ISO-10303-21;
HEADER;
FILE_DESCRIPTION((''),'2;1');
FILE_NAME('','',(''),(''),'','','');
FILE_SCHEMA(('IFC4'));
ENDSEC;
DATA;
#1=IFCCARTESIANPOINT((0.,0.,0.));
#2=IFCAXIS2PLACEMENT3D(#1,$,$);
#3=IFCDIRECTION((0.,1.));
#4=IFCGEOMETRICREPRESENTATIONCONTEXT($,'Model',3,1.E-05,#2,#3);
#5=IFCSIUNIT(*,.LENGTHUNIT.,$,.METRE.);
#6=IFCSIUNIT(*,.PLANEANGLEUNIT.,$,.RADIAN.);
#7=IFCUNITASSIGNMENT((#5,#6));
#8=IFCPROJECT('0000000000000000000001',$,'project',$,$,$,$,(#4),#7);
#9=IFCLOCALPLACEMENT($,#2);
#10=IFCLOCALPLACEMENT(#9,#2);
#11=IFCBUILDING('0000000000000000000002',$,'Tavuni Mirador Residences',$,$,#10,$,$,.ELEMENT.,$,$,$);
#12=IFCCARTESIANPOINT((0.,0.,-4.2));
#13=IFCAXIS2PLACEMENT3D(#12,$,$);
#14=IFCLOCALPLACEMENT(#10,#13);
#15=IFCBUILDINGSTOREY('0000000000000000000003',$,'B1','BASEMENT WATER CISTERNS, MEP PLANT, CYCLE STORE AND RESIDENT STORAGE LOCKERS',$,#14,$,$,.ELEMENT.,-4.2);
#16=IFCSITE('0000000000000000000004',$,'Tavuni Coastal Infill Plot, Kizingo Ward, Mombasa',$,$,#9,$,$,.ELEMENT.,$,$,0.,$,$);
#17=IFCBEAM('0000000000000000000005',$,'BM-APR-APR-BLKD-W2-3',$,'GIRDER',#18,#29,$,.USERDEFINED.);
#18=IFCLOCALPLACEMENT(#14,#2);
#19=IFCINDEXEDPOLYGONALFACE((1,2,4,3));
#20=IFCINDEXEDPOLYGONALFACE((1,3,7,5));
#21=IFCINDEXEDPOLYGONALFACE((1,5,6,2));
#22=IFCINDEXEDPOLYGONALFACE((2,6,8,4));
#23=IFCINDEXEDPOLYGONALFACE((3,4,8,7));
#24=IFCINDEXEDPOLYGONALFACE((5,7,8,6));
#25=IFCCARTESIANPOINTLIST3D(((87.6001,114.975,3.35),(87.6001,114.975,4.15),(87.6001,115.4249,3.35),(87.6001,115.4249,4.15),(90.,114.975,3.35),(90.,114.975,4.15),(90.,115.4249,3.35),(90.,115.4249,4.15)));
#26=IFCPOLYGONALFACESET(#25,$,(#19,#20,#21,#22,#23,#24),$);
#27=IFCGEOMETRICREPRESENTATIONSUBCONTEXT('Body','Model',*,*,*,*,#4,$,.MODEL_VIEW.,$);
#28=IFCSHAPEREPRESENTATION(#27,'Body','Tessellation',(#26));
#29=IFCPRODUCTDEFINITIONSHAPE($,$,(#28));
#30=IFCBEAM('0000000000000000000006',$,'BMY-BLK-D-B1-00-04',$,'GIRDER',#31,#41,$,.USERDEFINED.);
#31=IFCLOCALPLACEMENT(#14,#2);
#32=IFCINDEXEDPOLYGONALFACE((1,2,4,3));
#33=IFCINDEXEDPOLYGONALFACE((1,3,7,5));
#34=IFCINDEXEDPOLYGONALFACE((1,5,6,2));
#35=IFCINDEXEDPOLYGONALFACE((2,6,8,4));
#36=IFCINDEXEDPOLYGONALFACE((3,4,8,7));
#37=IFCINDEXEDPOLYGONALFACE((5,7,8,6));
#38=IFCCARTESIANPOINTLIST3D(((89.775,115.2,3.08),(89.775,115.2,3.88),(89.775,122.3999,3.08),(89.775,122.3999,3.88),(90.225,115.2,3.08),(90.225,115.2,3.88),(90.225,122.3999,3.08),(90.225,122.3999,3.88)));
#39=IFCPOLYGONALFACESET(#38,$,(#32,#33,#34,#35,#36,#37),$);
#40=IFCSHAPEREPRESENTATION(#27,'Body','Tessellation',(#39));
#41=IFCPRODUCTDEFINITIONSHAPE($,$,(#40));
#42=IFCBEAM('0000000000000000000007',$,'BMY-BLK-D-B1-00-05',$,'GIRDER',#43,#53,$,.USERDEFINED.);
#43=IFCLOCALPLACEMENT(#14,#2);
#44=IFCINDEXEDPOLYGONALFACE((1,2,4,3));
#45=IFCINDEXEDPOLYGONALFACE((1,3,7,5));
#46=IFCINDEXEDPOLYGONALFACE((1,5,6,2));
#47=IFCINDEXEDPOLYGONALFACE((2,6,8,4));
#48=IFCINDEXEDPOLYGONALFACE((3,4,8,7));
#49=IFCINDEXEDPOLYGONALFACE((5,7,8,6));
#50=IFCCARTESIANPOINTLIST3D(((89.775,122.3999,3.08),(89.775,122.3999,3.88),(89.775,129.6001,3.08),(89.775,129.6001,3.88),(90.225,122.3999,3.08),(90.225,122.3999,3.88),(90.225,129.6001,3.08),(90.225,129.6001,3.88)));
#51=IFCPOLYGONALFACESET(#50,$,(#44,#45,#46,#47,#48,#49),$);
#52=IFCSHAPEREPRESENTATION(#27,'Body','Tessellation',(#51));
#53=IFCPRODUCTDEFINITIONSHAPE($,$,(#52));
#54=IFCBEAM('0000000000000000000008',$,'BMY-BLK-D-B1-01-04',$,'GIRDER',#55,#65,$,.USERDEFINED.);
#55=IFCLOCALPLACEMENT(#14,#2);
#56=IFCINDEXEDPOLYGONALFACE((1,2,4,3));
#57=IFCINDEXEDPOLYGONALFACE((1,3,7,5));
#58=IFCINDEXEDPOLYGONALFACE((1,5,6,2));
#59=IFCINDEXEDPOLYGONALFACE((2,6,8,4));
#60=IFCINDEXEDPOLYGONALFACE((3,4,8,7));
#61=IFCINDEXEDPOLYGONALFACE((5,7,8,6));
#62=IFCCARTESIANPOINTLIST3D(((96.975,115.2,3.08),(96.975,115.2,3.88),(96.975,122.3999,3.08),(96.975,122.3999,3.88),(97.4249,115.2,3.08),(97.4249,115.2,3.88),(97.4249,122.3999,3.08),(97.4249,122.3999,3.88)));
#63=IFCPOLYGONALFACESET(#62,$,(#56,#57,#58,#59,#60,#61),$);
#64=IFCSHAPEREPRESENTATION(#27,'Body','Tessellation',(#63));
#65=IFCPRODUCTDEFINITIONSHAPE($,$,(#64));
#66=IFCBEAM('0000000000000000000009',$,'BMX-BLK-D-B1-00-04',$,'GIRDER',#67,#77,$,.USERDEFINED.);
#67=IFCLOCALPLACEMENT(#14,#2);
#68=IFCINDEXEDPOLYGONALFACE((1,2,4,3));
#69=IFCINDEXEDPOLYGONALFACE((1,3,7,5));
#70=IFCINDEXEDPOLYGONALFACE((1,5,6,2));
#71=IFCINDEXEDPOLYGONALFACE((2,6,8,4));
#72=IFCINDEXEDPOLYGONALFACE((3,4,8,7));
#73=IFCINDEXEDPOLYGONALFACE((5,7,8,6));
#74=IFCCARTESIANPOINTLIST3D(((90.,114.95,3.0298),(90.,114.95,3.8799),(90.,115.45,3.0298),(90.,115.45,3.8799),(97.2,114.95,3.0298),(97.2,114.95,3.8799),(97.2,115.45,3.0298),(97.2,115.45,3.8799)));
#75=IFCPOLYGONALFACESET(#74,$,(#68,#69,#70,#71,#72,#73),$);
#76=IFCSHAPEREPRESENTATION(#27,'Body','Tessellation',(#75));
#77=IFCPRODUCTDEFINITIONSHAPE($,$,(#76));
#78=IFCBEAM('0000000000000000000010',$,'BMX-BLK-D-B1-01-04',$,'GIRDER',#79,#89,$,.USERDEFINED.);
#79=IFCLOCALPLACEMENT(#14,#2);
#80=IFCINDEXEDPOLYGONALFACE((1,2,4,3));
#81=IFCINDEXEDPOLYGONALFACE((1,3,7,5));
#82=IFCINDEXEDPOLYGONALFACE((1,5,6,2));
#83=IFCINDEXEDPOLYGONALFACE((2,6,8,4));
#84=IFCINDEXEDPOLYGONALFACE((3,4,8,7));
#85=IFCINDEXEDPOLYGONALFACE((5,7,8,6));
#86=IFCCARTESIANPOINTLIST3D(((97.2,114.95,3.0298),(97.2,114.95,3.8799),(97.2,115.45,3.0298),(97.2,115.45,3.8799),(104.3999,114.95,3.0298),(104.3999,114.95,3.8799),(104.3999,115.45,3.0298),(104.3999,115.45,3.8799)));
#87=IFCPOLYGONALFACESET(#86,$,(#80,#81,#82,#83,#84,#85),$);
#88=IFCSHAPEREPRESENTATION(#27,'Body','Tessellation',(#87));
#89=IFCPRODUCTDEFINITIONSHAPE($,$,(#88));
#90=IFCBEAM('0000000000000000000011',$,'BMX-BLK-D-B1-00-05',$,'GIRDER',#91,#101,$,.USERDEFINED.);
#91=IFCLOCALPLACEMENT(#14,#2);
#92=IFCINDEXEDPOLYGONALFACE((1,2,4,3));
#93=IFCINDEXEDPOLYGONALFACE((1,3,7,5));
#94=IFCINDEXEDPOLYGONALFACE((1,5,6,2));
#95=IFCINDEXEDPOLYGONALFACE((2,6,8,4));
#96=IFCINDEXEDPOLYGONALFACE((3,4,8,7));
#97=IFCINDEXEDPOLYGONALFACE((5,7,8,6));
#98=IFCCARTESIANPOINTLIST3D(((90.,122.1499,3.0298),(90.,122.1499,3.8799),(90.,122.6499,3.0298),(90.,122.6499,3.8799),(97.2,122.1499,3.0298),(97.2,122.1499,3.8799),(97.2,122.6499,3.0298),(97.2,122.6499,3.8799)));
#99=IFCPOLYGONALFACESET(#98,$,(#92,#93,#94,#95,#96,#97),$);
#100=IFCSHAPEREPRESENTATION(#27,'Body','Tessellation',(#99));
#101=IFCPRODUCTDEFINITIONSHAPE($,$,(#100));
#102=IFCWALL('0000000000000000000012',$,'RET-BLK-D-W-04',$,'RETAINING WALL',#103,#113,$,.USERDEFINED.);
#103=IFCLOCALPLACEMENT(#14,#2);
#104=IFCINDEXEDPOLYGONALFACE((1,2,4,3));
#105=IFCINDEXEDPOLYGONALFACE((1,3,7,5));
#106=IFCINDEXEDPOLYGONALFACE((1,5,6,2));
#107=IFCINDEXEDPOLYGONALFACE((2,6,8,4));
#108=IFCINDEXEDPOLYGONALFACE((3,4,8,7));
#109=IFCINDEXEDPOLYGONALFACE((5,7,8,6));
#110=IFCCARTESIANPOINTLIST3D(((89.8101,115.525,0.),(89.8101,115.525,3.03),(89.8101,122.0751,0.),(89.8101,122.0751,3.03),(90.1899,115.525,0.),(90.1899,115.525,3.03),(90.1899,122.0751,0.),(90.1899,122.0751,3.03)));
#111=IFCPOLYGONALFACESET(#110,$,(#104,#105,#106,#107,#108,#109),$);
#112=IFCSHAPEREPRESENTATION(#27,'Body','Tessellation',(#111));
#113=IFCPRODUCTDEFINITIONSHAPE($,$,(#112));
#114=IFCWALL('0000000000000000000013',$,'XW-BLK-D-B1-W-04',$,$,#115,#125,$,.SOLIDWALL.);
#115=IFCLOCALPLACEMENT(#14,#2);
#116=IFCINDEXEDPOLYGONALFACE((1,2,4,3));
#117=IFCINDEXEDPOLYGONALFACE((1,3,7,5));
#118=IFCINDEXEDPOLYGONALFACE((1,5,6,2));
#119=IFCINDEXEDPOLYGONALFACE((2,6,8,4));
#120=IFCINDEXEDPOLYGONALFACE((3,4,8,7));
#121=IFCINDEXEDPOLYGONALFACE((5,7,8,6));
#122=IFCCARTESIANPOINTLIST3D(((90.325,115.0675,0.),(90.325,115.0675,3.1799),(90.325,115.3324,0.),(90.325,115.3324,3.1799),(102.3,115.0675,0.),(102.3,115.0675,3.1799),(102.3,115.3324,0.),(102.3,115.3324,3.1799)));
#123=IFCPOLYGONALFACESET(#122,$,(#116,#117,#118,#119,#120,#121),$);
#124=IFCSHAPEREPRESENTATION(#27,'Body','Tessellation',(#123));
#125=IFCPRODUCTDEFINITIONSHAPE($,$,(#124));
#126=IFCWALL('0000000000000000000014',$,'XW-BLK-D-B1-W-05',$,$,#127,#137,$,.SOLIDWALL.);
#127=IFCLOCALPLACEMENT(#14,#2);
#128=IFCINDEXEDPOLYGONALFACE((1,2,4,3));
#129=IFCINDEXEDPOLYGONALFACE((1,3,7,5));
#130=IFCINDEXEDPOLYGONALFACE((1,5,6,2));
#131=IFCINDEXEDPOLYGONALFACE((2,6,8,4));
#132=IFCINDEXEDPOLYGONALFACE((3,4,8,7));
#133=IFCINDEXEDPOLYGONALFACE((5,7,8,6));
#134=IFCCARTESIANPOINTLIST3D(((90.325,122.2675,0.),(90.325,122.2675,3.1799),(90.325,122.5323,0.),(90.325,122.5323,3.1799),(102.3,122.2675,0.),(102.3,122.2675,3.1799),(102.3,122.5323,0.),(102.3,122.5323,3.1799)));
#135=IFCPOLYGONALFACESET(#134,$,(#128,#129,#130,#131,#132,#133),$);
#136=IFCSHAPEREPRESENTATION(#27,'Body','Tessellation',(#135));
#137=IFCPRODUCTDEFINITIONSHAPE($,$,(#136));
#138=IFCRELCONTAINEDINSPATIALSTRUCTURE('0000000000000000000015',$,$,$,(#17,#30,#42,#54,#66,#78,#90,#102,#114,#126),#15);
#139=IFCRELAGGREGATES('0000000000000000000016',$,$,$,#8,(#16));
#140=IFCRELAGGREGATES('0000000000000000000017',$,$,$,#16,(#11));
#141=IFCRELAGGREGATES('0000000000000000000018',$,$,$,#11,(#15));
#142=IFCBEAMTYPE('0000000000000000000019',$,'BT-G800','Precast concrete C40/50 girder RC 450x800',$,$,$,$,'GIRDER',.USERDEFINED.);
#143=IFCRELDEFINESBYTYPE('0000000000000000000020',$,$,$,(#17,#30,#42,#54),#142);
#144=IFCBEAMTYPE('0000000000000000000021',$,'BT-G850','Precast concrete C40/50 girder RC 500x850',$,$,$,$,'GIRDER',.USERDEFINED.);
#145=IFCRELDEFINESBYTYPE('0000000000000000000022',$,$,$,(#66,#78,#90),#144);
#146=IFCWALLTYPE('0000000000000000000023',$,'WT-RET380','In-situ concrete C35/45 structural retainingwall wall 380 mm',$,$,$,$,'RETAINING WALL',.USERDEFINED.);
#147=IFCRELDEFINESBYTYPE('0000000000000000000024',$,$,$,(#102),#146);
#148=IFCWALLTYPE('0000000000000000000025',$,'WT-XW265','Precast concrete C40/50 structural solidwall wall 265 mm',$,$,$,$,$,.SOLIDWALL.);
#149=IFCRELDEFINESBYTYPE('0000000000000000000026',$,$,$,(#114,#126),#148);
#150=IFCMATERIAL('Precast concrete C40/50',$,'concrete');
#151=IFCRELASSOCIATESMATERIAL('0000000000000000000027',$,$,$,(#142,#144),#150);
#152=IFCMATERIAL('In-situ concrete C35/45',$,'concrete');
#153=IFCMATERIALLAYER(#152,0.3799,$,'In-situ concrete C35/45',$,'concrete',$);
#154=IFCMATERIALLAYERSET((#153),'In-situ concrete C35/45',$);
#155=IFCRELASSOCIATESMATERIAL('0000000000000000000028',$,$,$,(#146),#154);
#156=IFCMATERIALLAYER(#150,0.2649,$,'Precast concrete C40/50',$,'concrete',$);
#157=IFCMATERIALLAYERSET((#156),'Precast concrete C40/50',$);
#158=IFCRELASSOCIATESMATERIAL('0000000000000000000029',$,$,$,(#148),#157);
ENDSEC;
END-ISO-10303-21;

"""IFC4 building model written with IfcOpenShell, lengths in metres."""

from ifc_helpers import new_model, si_unit, direction, frame, frame_2d, origin, origin_2d, place, context, subcontext, project, spatial, rectangle, extrude, material, layer, layer_set, material_profile, profile_set, type_object, element, save


model = new_model("IFC4")

# Units and contexts
model_context = context("Model", 3, precision=1e-05, world=origin(), true_north=direction((0.0, 1.0)))
body_context = subcontext(model_context, "Body", "Model", "MODEL_VIEW")
ifc_project = project(units=[si_unit("LENGTHUNIT", "METRE"), si_unit("PLANEANGLEUNIT", "RADIAN")], contexts=[model_context])

# Site, building, storey
site_placement = place(None, origin())
site = spatial("IfcSite", under=ifc_project, at=site_placement, Name="Tavuni Coastal Infill Plot, Kizingo Ward, Mombasa", CompositionType="ELEMENT", RefElevation=0.0)
building_placement = place(site_placement, origin())
building = spatial("IfcBuilding", under=site, at=building_placement, Name="Tavuni Mirador Residences", CompositionType="ELEMENT")
storey_placement = place(building_placement, frame((0.0, 0.0, -4.2)))
storey = spatial("IfcBuildingStorey", under=building, at=storey_placement, Name="B1", Description="BASEMENT WATER CISTERNS, MEP PLANT, CYCLE STORE AND RESIDENT STORAGE LOCKERS", CompositionType="ELEMENT", Elevation=-4.2)

# Shared definitions
ifc_material_1 = material(Name="In-situ concrete C35/45", Category="concrete")

# Beams
ifc_material_2 = material(Name="Precast concrete C40/50", Category="concrete")
ifc_material_profile_1 = material_profile(ifc_material_2, rectangle(XDim=0.45, YDim=0.8, at=origin_2d()), Name="RC 450x800", Category="concrete")
ifc_profile_set_1 = profile_set([ifc_material_profile_1], Name="Precast concrete C40/50")
beam_type_1 = type_object("IfcBeamType", Name="BT-G800", Description="Precast concrete C40/50 girder RC 450x800", ElementType="GIRDER", PredefinedType="USERDEFINED", material=ifc_profile_set_1)
beam_1_placement = place(storey_placement, frame((90.0, 115.2, 3.75), z_axis=(-1.0, 0.0, 0.0), x_axis=(0.0, -1.0, 0.0)))
element("IfcBeam", 1, at=beam_1_placement, inside=storey, type_object=beam_type_1, Name="BM-APR-APR-BLKD-W2-3", ObjectType="GIRDER", PredefinedType="USERDEFINED", context=body_context, shape_type="SweptSolid", body=[
    extrude(rectangle(XDim=0.45, YDim=0.8, at=origin_2d()), origin(), (0.0, 0.0, 1.0), 2.3999),
])
beam_2_placement = place(storey_placement, frame((90.0, 115.2, 3.48), z_axis=(0.0, 1.0, 0.0), x_axis=(-1.0, 0.0, 0.0)))
element("IfcBeam", 2, at=beam_2_placement, inside=storey, type_object=beam_type_1, Name="BMY-BLK-D-B1-00-04", ObjectType="GIRDER", PredefinedType="USERDEFINED", context=body_context, shape_type="SweptSolid", body=[
    extrude(rectangle(XDim=0.45, YDim=0.8, at=origin_2d()), origin(), (0.0, 0.0, 1.0), 7.2),
])
beam_3_placement = place(storey_placement, frame((90.0, 122.3999, 3.48), z_axis=(0.0, 1.0, 0.0), x_axis=(-1.0, 0.0, 0.0)))
element("IfcBeam", 3, at=beam_3_placement, inside=storey, type_object=beam_type_1, Name="BMY-BLK-D-B1-00-05", ObjectType="GIRDER", PredefinedType="USERDEFINED", context=body_context, shape_type="SweptSolid", body=[
    extrude(rectangle(XDim=0.45, YDim=0.8, at=origin_2d()), origin(), (0.0, 0.0, 1.0), 7.2002),
])
beam_4_placement = place(storey_placement, frame((97.2, 115.2, 3.48), z_axis=(0.0, 1.0, 0.0), x_axis=(-1.0, 0.0, 0.0)))
element("IfcBeam", 4, at=beam_4_placement, inside=storey, type_object=beam_type_1, Name="BMY-BLK-D-B1-01-04", ObjectType="GIRDER", PredefinedType="USERDEFINED", context=body_context, shape_type="SweptSolid", body=[
    extrude(rectangle(XDim=0.45, YDim=0.8, at=origin_2d()), origin(), (0.0, 0.0, 1.0), 7.2),
])
ifc_material_profile_2 = material_profile(ifc_material_2, rectangle(XDim=0.5, YDim=0.8501, at=origin_2d()), Name="RC 500x850", Category="concrete")
ifc_profile_set_2 = profile_set([ifc_material_profile_2], Name="Precast concrete C40/50")
beam_type_2 = type_object("IfcBeamType", Name="BT-G850", Description="Precast concrete C40/50 girder RC 500x850", ElementType="GIRDER", PredefinedType="USERDEFINED", material=ifc_profile_set_2)
for number, where, z_axis, x_axis, name in (
    (5, (90.0, 115.2, 3.4548), (1.0, 0.0, 0.0), (0.0, 1.0, 0.0), "BMX-BLK-D-B1-00-04"),
    (6, (97.2, 115.2, 3.4548), (1.0, 0.0, 0.0), (0.0, 1.0, 0.0), "BMX-BLK-D-B1-01-04"),
    (7, (90.0, 122.3999, 3.4548), (1.0, 0.0, 0.0), (0.0, 1.0, 0.0), "BMX-BLK-D-B1-00-05"),
):
    element("IfcBeam", number, at=place(storey_placement, frame(where, z_axis=z_axis, x_axis=x_axis)), inside=storey, type_object=beam_type_2, Name=name, ObjectType="GIRDER", PredefinedType="USERDEFINED", context=body_context, shape_type="SweptSolid", body=[
        extrude(rectangle(XDim=0.5, YDim=0.8501, at=origin_2d()), origin(), (0.0, 0.0, 1.0), 7.2),
    ])

# Walls
ifc_layer_1 = layer(ifc_material_1, 0.3799, Name="In-situ concrete C35/45", Category="concrete")
ifc_layer_set_1 = layer_set([ifc_layer_1], Name="In-situ concrete C35/45")
wall_type_1 = type_object("IfcWallType", Name="WT-RET380", Description="In-situ concrete C35/45 structural retainingwall wall 380 mm", ElementType="RETAINING WALL", PredefinedType="USERDEFINED", material=ifc_layer_set_1)
wall_placement = place(storey_placement, frame((90.0, 122.075, 0.0), z_axis=(0.0, 0.0, 1.0), x_axis=(0.0, -1.0, 0.0)))
element("IfcWall", 8, at=wall_placement, inside=storey, type_object=wall_type_1, Name="RET-BLK-D-W-04", ObjectType="RETAINING WALL", PredefinedType="USERDEFINED", context=body_context, shape_type="SweptSolid", body=[
    extrude(rectangle(XDim=6.55, YDim=0.3799, at=frame_2d((3.2749, 0.0))), origin(), (0.0, 0.0, 1.0), 3.03),
])
ifc_layer_2 = layer(ifc_material_2, 0.2649, Name="Precast concrete C40/50", Category="concrete")
ifc_layer_set_2 = layer_set([ifc_layer_2], Name="Precast concrete C40/50")
wall_type_2 = type_object("IfcWallType", Name="WT-XW265", Description="Precast concrete C40/50 structural solidwall wall 265 mm", PredefinedType="SOLIDWALL", material=ifc_layer_set_2)
for number, where, z_axis, x_axis, name in (
    (9, (90.325, 115.2, 0.0), (0.0, 0.0, 1.0), (1.0, 0.0, 0.0), "XW-BLK-D-B1-W-04"),
    (10, (90.325, 122.3999, 0.0), (0.0, 0.0, 1.0), (1.0, 0.0, 0.0), "XW-BLK-D-B1-W-05"),
):
    element("IfcWall", number, at=place(storey_placement, frame(where, z_axis=z_axis, x_axis=x_axis)), inside=storey, type_object=wall_type_2, Name=name, PredefinedType="SOLIDWALL", context=body_context, shape_type="SweptSolid", body=[
        extrude(rectangle(XDim=11.9751, YDim=0.2649, at=frame_2d((5.9875, 0.0))), origin(), (0.0, 0.0, 1.0), 3.1799),
    ])

save(model, "model.ifc")
